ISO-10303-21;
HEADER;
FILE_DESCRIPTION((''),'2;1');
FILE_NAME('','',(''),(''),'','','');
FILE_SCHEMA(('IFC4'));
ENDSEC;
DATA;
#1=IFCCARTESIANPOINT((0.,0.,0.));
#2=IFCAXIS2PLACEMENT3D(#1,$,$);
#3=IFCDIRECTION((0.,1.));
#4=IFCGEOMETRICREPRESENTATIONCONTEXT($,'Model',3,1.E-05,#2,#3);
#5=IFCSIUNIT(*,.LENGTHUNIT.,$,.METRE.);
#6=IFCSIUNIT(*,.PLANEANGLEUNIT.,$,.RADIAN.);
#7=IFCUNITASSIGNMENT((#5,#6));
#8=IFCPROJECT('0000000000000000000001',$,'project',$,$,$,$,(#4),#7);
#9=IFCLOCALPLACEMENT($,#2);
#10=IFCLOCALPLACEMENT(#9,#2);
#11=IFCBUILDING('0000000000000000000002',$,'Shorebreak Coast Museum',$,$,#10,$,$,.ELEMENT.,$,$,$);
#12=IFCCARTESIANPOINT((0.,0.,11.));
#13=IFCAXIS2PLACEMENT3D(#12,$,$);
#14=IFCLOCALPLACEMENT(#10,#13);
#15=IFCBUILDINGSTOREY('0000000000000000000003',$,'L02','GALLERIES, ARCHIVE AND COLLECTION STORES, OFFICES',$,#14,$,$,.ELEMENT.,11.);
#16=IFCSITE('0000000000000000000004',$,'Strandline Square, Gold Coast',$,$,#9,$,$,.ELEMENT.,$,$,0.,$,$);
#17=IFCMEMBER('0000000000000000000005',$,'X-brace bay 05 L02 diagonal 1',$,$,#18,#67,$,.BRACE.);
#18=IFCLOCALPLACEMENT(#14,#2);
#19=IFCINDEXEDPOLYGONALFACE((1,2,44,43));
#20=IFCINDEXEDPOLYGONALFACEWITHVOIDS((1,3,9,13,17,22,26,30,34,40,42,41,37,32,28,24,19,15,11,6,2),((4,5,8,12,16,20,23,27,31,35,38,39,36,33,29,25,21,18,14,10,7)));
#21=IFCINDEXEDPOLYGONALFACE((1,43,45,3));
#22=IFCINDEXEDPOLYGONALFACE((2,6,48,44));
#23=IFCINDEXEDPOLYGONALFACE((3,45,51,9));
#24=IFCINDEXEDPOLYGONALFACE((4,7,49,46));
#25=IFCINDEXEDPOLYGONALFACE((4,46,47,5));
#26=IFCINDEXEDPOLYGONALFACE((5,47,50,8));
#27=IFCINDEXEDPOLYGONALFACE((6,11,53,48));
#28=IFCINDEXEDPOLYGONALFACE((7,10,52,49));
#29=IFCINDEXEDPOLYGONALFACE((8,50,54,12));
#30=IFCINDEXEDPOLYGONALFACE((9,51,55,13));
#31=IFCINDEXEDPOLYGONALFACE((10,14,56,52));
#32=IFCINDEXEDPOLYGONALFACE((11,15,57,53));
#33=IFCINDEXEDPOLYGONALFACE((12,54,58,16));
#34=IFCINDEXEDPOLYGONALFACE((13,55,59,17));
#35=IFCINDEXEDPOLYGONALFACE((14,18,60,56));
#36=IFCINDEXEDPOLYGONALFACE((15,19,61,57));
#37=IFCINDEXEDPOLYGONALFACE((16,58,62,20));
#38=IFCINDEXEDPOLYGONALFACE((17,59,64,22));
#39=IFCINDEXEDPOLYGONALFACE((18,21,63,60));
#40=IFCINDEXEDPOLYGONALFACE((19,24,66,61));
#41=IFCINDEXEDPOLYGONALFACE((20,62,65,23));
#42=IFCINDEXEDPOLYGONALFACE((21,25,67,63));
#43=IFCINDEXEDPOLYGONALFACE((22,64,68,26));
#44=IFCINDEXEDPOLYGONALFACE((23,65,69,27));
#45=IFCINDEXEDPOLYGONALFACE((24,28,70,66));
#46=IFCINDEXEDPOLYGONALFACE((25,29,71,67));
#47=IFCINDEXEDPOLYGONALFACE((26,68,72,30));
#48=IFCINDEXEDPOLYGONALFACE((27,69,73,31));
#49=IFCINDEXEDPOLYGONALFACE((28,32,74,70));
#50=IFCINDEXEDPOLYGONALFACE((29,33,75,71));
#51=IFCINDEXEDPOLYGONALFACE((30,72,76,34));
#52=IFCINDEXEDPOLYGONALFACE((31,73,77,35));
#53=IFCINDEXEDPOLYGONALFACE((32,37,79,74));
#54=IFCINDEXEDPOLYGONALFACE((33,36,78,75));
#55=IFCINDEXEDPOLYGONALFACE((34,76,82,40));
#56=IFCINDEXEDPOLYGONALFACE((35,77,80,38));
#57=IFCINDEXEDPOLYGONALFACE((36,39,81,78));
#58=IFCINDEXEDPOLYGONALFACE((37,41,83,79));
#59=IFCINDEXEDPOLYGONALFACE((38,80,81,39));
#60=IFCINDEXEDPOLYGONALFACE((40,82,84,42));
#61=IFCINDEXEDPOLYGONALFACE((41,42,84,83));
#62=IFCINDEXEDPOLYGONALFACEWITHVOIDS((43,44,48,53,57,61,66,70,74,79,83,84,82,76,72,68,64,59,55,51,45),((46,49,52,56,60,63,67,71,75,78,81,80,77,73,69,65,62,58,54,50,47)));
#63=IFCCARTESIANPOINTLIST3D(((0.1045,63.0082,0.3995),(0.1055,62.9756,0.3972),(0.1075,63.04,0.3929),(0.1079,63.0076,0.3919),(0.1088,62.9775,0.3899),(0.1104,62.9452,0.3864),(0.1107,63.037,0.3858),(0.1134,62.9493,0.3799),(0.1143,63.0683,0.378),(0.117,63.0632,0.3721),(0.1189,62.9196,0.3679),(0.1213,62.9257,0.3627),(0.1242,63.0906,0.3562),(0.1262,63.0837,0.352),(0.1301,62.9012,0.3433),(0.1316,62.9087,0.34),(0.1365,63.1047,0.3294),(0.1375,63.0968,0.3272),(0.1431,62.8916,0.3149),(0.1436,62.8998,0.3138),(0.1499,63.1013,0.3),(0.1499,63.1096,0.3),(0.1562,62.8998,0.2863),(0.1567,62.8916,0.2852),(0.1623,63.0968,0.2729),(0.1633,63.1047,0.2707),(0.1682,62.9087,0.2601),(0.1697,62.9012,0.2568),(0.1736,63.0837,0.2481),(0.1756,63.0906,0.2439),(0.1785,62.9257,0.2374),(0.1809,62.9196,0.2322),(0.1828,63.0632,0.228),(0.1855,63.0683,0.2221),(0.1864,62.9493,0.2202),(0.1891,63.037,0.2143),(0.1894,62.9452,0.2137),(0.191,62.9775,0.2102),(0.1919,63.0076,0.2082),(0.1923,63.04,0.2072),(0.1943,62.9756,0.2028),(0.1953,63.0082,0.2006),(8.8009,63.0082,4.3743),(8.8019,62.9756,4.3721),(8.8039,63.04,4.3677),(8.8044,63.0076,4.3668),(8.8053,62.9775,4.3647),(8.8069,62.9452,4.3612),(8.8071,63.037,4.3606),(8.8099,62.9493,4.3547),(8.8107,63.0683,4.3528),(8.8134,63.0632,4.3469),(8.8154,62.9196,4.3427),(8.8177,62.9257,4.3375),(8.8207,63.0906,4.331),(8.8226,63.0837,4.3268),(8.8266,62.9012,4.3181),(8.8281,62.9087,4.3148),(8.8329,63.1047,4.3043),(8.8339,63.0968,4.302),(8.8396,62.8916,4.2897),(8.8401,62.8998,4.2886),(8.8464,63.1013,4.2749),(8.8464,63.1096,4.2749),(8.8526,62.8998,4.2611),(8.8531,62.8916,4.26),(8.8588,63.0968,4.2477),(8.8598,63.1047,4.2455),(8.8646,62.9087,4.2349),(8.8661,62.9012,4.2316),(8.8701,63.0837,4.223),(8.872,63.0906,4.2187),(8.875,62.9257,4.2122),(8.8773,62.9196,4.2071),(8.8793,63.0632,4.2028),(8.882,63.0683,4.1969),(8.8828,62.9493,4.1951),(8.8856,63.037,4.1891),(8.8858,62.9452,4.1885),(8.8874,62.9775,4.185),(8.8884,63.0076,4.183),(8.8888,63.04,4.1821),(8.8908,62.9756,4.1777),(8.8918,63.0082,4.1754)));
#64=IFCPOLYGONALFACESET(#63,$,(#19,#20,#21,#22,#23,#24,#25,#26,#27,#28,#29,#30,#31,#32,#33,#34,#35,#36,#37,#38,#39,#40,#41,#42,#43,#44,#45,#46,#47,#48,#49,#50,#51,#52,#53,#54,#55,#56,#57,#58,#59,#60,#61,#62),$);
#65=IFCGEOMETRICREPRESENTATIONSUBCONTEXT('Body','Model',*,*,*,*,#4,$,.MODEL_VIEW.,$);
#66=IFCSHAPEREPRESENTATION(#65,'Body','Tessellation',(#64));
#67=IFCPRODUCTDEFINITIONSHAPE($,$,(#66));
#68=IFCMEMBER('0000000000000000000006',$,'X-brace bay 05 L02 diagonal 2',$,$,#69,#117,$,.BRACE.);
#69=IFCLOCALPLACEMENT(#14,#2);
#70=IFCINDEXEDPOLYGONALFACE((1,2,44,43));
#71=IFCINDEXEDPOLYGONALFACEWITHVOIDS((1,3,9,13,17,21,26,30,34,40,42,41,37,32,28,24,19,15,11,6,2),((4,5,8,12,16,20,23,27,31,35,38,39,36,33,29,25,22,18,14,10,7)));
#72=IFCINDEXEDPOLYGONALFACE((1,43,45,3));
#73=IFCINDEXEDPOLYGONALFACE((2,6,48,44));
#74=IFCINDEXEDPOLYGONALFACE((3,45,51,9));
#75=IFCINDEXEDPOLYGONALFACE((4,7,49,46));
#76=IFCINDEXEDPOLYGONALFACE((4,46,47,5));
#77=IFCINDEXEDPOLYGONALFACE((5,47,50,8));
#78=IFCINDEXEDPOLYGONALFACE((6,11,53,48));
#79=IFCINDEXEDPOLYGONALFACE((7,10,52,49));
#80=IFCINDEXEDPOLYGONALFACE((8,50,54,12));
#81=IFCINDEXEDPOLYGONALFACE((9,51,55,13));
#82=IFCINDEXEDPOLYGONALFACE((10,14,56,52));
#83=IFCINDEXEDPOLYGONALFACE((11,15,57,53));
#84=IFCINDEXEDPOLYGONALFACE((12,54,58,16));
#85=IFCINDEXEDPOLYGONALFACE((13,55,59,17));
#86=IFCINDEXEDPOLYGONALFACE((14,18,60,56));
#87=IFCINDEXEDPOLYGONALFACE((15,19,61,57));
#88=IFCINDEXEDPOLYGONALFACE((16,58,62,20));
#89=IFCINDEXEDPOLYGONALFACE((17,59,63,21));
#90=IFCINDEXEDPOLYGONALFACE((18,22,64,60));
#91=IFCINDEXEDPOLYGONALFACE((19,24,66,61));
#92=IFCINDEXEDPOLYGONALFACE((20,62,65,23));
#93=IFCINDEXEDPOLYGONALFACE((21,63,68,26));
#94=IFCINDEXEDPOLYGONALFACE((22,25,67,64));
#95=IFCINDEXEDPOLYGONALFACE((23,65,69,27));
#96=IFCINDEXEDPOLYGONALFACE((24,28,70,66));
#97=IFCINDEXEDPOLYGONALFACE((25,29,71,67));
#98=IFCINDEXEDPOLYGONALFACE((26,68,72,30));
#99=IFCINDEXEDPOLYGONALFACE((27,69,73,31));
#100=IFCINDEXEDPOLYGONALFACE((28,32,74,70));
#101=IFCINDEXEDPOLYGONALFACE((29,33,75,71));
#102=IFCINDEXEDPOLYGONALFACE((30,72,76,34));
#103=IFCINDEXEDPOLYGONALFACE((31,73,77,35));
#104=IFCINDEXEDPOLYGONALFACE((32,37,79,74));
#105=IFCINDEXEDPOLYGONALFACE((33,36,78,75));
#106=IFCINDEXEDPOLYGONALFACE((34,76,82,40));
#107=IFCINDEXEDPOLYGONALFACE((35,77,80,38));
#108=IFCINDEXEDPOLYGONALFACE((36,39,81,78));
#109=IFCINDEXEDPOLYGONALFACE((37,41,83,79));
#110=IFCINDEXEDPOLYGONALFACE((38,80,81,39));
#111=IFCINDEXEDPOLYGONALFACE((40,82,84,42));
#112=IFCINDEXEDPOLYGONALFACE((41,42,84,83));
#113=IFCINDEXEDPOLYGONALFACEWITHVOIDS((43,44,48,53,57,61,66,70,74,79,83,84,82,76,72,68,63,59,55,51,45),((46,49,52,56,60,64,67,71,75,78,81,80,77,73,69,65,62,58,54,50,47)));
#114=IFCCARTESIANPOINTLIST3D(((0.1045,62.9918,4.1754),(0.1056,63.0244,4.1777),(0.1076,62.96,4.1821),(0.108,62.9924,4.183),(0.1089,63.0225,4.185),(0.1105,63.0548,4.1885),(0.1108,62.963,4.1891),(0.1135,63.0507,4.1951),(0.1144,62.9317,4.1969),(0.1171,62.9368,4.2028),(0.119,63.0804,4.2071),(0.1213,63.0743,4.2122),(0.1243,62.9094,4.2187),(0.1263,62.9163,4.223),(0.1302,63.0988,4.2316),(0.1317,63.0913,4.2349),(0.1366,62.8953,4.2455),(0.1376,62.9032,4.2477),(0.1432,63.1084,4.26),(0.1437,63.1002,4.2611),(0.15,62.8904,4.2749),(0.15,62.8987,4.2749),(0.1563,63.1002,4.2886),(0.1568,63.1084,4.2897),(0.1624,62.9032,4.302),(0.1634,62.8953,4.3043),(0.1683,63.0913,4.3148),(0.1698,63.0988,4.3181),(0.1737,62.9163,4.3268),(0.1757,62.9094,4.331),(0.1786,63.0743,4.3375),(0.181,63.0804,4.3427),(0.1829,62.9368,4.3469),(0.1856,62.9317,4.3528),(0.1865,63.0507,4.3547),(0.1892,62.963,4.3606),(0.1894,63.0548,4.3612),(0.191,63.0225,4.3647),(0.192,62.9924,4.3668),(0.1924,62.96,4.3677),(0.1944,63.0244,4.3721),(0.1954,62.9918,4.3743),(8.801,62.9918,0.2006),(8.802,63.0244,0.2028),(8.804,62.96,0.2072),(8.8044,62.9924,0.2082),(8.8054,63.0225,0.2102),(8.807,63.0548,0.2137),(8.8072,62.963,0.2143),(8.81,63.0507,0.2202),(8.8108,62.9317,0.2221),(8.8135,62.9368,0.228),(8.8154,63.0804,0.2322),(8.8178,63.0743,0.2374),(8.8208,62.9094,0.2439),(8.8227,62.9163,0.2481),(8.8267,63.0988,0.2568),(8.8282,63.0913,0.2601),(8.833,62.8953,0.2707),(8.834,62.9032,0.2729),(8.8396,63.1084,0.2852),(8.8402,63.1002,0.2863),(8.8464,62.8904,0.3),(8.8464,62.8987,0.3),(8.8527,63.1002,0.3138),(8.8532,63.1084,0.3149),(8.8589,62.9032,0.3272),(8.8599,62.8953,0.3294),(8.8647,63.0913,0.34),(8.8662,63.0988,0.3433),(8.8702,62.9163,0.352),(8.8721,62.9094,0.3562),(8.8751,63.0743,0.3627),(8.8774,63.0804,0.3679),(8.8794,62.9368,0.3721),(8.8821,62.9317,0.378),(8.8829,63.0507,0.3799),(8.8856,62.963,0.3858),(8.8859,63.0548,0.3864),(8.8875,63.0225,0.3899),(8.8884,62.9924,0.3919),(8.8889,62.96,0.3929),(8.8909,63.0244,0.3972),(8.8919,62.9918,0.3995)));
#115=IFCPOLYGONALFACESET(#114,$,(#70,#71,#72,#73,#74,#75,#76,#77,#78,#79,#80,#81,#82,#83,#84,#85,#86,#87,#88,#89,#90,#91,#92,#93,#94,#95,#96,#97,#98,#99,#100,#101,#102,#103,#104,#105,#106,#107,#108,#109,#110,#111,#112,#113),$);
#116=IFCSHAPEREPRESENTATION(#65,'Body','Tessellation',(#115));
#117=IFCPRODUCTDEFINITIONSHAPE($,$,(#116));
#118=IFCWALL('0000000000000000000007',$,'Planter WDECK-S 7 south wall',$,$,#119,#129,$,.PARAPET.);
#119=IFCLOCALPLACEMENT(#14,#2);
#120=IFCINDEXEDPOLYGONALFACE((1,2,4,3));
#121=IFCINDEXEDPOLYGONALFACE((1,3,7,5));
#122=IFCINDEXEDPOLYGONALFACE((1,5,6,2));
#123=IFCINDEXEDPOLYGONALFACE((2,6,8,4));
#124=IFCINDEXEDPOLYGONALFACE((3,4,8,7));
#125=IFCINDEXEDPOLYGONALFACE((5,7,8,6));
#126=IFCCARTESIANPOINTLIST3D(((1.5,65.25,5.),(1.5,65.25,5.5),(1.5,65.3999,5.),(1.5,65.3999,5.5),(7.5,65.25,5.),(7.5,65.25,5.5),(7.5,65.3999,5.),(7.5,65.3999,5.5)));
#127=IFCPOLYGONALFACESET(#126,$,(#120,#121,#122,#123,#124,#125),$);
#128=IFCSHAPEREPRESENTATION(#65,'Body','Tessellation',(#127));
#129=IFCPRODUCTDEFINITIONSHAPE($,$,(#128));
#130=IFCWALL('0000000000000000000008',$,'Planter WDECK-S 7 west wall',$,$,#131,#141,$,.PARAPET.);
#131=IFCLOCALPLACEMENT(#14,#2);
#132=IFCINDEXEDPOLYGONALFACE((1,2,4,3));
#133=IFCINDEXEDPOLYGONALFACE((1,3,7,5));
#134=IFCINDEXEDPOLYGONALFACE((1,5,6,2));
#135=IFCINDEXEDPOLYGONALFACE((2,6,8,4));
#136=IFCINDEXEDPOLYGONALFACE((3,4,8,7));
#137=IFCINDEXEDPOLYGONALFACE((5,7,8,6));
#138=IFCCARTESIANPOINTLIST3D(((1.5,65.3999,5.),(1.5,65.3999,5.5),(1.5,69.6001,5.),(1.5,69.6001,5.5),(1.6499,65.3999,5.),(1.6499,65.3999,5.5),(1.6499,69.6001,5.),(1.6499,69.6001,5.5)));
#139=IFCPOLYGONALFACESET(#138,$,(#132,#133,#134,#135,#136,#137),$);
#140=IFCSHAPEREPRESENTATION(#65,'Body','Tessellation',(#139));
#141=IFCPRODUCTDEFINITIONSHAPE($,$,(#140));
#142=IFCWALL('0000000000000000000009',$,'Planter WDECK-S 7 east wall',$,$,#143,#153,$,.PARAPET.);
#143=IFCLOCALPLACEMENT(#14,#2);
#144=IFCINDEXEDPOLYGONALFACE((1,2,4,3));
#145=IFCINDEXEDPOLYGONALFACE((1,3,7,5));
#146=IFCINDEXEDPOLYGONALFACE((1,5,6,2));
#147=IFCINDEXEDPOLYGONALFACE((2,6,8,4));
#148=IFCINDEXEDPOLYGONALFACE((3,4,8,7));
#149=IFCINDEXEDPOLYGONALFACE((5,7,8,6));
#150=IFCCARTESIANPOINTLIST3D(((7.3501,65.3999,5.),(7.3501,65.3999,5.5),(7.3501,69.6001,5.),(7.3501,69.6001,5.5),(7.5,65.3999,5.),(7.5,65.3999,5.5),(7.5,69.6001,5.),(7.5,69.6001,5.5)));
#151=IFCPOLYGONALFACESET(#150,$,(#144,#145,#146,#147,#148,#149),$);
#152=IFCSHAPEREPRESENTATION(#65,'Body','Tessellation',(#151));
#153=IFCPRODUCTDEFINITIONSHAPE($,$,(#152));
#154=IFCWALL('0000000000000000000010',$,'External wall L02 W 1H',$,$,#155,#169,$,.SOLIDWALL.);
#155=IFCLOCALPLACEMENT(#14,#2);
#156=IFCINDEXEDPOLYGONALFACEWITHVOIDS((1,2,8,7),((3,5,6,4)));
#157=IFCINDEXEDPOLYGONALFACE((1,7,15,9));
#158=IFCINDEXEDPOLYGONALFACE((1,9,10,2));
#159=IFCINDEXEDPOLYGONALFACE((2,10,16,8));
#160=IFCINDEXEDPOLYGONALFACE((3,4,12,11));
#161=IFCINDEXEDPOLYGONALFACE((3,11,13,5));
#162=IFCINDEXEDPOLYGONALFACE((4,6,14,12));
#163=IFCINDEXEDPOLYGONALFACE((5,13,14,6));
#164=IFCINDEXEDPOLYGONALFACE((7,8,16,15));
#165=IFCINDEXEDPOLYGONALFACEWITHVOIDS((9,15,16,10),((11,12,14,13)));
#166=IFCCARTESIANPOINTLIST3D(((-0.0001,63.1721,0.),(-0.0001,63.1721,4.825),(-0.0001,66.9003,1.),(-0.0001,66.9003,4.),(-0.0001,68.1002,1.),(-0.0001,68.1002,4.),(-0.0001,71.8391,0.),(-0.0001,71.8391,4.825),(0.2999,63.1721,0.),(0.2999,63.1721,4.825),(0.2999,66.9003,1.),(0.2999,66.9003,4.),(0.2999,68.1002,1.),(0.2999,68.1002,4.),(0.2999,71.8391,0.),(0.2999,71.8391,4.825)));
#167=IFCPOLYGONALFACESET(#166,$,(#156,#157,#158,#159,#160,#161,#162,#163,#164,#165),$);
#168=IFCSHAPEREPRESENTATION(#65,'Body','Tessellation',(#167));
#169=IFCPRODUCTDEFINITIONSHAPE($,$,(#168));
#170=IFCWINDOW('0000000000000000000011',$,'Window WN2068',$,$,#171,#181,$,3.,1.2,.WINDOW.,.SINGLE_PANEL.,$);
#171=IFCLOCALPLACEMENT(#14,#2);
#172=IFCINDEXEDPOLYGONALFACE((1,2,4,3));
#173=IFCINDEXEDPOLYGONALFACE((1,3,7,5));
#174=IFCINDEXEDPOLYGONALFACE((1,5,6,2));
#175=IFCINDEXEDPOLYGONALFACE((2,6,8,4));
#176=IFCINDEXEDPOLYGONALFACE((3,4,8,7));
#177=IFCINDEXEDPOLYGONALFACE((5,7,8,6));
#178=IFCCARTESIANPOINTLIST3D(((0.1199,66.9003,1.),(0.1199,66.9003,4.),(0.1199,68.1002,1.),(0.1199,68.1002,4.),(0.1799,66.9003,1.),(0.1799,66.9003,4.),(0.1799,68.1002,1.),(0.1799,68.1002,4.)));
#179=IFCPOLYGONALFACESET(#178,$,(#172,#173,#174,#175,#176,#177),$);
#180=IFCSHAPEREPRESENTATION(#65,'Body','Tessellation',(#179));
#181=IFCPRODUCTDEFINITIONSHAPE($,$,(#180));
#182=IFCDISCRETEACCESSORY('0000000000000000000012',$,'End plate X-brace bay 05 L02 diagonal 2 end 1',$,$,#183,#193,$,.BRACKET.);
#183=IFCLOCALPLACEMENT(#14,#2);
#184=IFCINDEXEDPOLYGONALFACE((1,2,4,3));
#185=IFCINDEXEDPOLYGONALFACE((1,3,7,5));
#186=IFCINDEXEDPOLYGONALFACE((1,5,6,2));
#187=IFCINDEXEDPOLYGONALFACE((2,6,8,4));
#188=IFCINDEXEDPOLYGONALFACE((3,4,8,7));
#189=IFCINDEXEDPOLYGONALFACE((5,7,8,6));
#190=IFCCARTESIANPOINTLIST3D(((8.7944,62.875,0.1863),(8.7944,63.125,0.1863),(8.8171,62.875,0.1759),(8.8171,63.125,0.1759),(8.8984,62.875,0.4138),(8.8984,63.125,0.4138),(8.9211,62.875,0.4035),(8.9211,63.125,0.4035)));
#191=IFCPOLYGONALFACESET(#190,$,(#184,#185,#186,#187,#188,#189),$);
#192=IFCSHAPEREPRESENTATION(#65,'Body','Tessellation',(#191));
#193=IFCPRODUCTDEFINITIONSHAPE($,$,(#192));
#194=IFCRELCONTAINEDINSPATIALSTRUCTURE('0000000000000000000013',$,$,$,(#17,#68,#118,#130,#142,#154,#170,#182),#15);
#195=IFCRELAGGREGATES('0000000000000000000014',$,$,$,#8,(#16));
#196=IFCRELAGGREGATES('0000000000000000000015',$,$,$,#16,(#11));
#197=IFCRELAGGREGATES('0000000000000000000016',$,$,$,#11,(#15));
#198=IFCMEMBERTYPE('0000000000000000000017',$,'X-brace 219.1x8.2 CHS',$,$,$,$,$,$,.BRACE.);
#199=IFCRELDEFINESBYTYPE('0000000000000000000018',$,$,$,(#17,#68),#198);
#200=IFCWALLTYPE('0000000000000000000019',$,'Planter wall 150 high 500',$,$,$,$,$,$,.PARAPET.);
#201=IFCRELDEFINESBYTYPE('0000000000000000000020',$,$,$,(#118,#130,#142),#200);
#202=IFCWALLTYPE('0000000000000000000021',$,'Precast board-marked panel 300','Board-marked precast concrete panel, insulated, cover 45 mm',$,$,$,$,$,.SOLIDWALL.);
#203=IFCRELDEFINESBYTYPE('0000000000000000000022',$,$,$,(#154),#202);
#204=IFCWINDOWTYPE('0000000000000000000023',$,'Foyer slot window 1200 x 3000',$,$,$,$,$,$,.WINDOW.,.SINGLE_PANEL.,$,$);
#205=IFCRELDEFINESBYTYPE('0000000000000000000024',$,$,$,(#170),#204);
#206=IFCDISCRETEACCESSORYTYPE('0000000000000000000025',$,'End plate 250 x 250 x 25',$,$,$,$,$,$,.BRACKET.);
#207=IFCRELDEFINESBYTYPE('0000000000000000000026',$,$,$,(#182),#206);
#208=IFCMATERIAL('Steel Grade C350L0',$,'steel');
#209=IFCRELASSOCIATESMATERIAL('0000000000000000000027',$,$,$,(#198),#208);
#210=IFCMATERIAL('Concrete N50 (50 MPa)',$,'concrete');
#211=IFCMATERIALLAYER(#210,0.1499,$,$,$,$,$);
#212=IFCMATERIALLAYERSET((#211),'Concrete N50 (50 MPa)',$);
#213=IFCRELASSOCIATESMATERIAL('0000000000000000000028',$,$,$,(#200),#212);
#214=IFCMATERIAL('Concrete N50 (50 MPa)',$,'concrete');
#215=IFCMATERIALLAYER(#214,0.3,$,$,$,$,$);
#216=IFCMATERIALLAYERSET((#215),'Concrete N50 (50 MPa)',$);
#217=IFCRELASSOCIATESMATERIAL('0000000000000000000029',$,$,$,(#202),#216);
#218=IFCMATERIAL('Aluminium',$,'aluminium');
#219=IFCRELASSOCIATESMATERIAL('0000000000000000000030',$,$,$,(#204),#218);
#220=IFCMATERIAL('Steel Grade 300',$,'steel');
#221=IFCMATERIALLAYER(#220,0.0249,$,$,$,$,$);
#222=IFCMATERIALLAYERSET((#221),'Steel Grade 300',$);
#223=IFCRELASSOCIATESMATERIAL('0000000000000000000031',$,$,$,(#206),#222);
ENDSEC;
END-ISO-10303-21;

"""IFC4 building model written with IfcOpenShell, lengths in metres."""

from ifc_helpers import new_model, si_unit, direction, frame, frame_2d, origin, origin_2d, place, context, subcontext, project, spatial, polyline, rectangle, hollow_circle, outline, extrude, material, layer, layer_set, material_profile, profile_set, type_object, element, fill, save


model = new_model("IFC4")

# Units and contexts
model_context = context("Model", 3, precision=1e-05, world=origin(), true_north=direction((0.0, 1.0)))
body_context = subcontext(model_context, "Body", "Model", "MODEL_VIEW")
ifc_project = project(units=[si_unit("LENGTHUNIT", "METRE"), si_unit("PLANEANGLEUNIT", "RADIAN")], contexts=[model_context])

# Site, building, storey
site_placement = place(None, origin())
site = spatial("IfcSite", under=ifc_project, at=site_placement, Name="Strandline Square, Gold Coast", CompositionType="ELEMENT", RefElevation=0.0)
building_placement = place(site_placement, origin())
building = spatial("IfcBuilding", under=site, at=building_placement, Name="Shorebreak Coast Museum", CompositionType="ELEMENT")
storey_placement = place(building_placement, frame((0.0, 0.0, 11.0)))
storey = spatial("IfcBuildingStorey", under=building, at=storey_placement, Name="L02", Description="GALLERIES, ARCHIVE AND COLLECTION STORES, OFFICES", CompositionType="ELEMENT", Elevation=11.0)

# Members
ifc_material_1 = material(Name="Steel Grade C350L0", Category="steel")
ifc_material_profile_1 = material_profile(ifc_material_1, hollow_circle(Radius=0.1096, WallThickness=0.0083, at=origin_2d()), Name="219.1x8.2 CHS")
ifc_profile_set_1 = profile_set([ifc_material_profile_1], Name="Steel Grade C350L0")
member_type = type_object("IfcMemberType", Name="X-brace 219.1x8.2 CHS", PredefinedType="BRACE", material=ifc_profile_set_1)
for number, where, z_axis, x_axis, name in (
    (1, (0.1499, 63.0, 0.3), (0.909502, 0.0, 0.415699), (0.0, 1.0, 0.0), "X-brace bay 05 L02 diagonal 1"),
    (2, (8.8464, 63.0, 0.3), (-0.909502, 0.0, 0.415699), (0.0, -1.0, 0.0), "X-brace bay 05 L02 diagonal 2"),
):
    element("IfcMember", number, at=place(storey_placement, frame(where, z_axis=z_axis, x_axis=x_axis)), inside=storey, type_object=member_type, Name=name, PredefinedType="BRACE", context=body_context, shape_type="SweptSolid", body=[
        extrude(hollow_circle(Radius=0.1096, WallThickness=0.0083, at=origin_2d()), origin(), (0.0, 0.0, 1.0), 9.5618),
    ])

# Walls
ifc_material_2 = material(Name="Concrete N50 (50 MPa)", Category="concrete")
ifc_layer_1 = layer(ifc_material_2, 0.1499)
ifc_layer_set_1 = layer_set([ifc_layer_1], Name="Concrete N50 (50 MPa)")
wall_type_1 = type_object("IfcWallType", Name="Planter wall 150 high 500", PredefinedType="PARAPET", material=ifc_layer_set_1)
wall_1_placement = place(storey_placement, frame((1.5, 65.325, 5.0), z_axis=(0.0, 0.0, 1.0), x_axis=(1.0, 0.0, 0.0)))
element("IfcWall", 3, at=wall_1_placement, inside=storey, type_object=wall_type_1, Name="Planter WDECK-S 7 south wall", PredefinedType="PARAPET", context=body_context, shape_type="SweptSolid", body=[
    extrude(rectangle(XDim=6.0, YDim=0.1499, at=frame_2d((3.0, 0.0))), origin(), (0.0, 0.0, 1.0), 0.5),
])
for number, where, z_axis, x_axis, name in (
    (4, (1.575, 65.3999, 5.0), (0.0, 0.0, 1.0), (0.0, 1.0, 0.0), "Planter WDECK-S 7 west wall"),
    (5, (7.425, 65.3999, 5.0), (0.0, 0.0, 1.0), (0.0, 1.0, 0.0), "Planter WDECK-S 7 east wall"),
):
    element("IfcWall", number, at=place(storey_placement, frame(where, z_axis=z_axis, x_axis=x_axis)), inside=storey, type_object=wall_type_1, Name=name, PredefinedType="PARAPET", context=body_context, shape_type="SweptSolid", body=[
        extrude(rectangle(XDim=4.2002, YDim=0.1499, at=frame_2d((2.1001, 0.0))), origin(), (0.0, 0.0, 1.0), 0.5),
    ])

# Wall, opening, window
ifc_material_3 = material(Name="Concrete N50 (50 MPa)", Category="concrete")
ifc_layer_2 = layer(ifc_material_3, 0.3)
ifc_layer_set_2 = layer_set([ifc_layer_2], Name="Concrete N50 (50 MPa)")
wall_type_2 = type_object("IfcWallType", Name="Precast board-marked panel 300", Description="Board-marked precast concrete panel, insulated, cover 45 mm", PredefinedType="SOLIDWALL", material=ifc_layer_set_2)
wall_2_placement = place(storey_placement, frame((0.1499, 63.1721, 0.0), z_axis=(0.0, 0.0, 1.0), x_axis=(0.0, 1.0, 0.0)))
wall_2 = element("IfcWall", 6, at=wall_2_placement, inside=storey, type_object=wall_type_2, Name="External wall L02 W 1H", PredefinedType="SOLIDWALL", context=body_context, shape_type="SweptSolid", body=[
    extrude(rectangle(XDim=8.667, YDim=0.3, at=frame_2d((4.3335, 0.0))), origin(), (0.0, 0.0, 1.0), 4.825),
])
opening_placement = place(wall_2_placement, frame((3.728, 0.0, 1.0)))
opening = element("IfcOpeningElement", 7, at=opening_placement, cuts=wall_2, PredefinedType="OPENING", context=body_context, shape_type="SweptSolid", body=[
    extrude(rectangle(XDim=1.2, YDim=3.0, at=frame_2d((0.6001, 1.5))), frame((0.0, 0.1599, 0.0), z_axis=(0.0, -1.0, 0.0), x_axis=(1.0, 0.0, 0.0)), (0.0, 0.0, 1.0), 0.3201),
])
ifc_material_4 = material(Name="Aluminium", Category="aluminium")
window_type = type_object("IfcWindowType", Name="Foyer slot window 1200 x 3000", PartitioningType="SINGLE_PANEL", PredefinedType="WINDOW", material=ifc_material_4)
window_placement = place(opening_placement, origin())
window = element("IfcWindow", 8, at=window_placement, inside=storey, type_object=window_type, Name="Window WN2068", OverallHeight=3.0, OverallWidth=1.2, PartitioningType="SINGLE_PANEL", PredefinedType="WINDOW", context=body_context, shape_type="SweptSolid", body=[
    extrude(rectangle(XDim=1.2, YDim=3.0, at=frame_2d((0.6001, 1.5))), frame((0.0, 0.03, 0.0), z_axis=(0.0, -1.0, 0.0), x_axis=(1.0, 0.0, 0.0)), (0.0, 0.0, 1.0), 0.0601),
])
fill(opening, window)

# Discrete accessory
ifc_material_5 = material(Name="Steel Grade 300", Category="steel")
ifc_layer_3 = layer(ifc_material_5, 0.0249)
ifc_layer_set_3 = layer_set([ifc_layer_3], Name="Steel Grade 300")
discrete_accessory_type = type_object("IfcDiscreteAccessoryType", Name="End plate 250 x 250 x 25", PredefinedType="BRACKET", material=ifc_layer_set_3)
for number, where, z_axis, x_axis, name in (
    (9, (8.7944, 63.125, 0.1863), (-0.909496, 0.0, 0.415714), (0.0, -1.0, 0.0), "End plate X-brace bay 05 L02 diagonal 2 end 1"),
):
    element("IfcDiscreteAccessory", number, at=place(storey_placement, frame(where, z_axis=z_axis, x_axis=x_axis)), inside=storey, type_object=discrete_accessory_type, Name=name, PredefinedType="BRACKET", context=body_context, shape_type="SweptSolid", body=[
        extrude(outline(polyline([(0.0, 0.0), (0.25, 0.0), (0.25, 0.2502), (0.0, 0.2502), (0.0, 0.0)])), origin(), (0.0, 0.0, -1.0), 0.0249),
    ])

save(model, "model.ifc")
